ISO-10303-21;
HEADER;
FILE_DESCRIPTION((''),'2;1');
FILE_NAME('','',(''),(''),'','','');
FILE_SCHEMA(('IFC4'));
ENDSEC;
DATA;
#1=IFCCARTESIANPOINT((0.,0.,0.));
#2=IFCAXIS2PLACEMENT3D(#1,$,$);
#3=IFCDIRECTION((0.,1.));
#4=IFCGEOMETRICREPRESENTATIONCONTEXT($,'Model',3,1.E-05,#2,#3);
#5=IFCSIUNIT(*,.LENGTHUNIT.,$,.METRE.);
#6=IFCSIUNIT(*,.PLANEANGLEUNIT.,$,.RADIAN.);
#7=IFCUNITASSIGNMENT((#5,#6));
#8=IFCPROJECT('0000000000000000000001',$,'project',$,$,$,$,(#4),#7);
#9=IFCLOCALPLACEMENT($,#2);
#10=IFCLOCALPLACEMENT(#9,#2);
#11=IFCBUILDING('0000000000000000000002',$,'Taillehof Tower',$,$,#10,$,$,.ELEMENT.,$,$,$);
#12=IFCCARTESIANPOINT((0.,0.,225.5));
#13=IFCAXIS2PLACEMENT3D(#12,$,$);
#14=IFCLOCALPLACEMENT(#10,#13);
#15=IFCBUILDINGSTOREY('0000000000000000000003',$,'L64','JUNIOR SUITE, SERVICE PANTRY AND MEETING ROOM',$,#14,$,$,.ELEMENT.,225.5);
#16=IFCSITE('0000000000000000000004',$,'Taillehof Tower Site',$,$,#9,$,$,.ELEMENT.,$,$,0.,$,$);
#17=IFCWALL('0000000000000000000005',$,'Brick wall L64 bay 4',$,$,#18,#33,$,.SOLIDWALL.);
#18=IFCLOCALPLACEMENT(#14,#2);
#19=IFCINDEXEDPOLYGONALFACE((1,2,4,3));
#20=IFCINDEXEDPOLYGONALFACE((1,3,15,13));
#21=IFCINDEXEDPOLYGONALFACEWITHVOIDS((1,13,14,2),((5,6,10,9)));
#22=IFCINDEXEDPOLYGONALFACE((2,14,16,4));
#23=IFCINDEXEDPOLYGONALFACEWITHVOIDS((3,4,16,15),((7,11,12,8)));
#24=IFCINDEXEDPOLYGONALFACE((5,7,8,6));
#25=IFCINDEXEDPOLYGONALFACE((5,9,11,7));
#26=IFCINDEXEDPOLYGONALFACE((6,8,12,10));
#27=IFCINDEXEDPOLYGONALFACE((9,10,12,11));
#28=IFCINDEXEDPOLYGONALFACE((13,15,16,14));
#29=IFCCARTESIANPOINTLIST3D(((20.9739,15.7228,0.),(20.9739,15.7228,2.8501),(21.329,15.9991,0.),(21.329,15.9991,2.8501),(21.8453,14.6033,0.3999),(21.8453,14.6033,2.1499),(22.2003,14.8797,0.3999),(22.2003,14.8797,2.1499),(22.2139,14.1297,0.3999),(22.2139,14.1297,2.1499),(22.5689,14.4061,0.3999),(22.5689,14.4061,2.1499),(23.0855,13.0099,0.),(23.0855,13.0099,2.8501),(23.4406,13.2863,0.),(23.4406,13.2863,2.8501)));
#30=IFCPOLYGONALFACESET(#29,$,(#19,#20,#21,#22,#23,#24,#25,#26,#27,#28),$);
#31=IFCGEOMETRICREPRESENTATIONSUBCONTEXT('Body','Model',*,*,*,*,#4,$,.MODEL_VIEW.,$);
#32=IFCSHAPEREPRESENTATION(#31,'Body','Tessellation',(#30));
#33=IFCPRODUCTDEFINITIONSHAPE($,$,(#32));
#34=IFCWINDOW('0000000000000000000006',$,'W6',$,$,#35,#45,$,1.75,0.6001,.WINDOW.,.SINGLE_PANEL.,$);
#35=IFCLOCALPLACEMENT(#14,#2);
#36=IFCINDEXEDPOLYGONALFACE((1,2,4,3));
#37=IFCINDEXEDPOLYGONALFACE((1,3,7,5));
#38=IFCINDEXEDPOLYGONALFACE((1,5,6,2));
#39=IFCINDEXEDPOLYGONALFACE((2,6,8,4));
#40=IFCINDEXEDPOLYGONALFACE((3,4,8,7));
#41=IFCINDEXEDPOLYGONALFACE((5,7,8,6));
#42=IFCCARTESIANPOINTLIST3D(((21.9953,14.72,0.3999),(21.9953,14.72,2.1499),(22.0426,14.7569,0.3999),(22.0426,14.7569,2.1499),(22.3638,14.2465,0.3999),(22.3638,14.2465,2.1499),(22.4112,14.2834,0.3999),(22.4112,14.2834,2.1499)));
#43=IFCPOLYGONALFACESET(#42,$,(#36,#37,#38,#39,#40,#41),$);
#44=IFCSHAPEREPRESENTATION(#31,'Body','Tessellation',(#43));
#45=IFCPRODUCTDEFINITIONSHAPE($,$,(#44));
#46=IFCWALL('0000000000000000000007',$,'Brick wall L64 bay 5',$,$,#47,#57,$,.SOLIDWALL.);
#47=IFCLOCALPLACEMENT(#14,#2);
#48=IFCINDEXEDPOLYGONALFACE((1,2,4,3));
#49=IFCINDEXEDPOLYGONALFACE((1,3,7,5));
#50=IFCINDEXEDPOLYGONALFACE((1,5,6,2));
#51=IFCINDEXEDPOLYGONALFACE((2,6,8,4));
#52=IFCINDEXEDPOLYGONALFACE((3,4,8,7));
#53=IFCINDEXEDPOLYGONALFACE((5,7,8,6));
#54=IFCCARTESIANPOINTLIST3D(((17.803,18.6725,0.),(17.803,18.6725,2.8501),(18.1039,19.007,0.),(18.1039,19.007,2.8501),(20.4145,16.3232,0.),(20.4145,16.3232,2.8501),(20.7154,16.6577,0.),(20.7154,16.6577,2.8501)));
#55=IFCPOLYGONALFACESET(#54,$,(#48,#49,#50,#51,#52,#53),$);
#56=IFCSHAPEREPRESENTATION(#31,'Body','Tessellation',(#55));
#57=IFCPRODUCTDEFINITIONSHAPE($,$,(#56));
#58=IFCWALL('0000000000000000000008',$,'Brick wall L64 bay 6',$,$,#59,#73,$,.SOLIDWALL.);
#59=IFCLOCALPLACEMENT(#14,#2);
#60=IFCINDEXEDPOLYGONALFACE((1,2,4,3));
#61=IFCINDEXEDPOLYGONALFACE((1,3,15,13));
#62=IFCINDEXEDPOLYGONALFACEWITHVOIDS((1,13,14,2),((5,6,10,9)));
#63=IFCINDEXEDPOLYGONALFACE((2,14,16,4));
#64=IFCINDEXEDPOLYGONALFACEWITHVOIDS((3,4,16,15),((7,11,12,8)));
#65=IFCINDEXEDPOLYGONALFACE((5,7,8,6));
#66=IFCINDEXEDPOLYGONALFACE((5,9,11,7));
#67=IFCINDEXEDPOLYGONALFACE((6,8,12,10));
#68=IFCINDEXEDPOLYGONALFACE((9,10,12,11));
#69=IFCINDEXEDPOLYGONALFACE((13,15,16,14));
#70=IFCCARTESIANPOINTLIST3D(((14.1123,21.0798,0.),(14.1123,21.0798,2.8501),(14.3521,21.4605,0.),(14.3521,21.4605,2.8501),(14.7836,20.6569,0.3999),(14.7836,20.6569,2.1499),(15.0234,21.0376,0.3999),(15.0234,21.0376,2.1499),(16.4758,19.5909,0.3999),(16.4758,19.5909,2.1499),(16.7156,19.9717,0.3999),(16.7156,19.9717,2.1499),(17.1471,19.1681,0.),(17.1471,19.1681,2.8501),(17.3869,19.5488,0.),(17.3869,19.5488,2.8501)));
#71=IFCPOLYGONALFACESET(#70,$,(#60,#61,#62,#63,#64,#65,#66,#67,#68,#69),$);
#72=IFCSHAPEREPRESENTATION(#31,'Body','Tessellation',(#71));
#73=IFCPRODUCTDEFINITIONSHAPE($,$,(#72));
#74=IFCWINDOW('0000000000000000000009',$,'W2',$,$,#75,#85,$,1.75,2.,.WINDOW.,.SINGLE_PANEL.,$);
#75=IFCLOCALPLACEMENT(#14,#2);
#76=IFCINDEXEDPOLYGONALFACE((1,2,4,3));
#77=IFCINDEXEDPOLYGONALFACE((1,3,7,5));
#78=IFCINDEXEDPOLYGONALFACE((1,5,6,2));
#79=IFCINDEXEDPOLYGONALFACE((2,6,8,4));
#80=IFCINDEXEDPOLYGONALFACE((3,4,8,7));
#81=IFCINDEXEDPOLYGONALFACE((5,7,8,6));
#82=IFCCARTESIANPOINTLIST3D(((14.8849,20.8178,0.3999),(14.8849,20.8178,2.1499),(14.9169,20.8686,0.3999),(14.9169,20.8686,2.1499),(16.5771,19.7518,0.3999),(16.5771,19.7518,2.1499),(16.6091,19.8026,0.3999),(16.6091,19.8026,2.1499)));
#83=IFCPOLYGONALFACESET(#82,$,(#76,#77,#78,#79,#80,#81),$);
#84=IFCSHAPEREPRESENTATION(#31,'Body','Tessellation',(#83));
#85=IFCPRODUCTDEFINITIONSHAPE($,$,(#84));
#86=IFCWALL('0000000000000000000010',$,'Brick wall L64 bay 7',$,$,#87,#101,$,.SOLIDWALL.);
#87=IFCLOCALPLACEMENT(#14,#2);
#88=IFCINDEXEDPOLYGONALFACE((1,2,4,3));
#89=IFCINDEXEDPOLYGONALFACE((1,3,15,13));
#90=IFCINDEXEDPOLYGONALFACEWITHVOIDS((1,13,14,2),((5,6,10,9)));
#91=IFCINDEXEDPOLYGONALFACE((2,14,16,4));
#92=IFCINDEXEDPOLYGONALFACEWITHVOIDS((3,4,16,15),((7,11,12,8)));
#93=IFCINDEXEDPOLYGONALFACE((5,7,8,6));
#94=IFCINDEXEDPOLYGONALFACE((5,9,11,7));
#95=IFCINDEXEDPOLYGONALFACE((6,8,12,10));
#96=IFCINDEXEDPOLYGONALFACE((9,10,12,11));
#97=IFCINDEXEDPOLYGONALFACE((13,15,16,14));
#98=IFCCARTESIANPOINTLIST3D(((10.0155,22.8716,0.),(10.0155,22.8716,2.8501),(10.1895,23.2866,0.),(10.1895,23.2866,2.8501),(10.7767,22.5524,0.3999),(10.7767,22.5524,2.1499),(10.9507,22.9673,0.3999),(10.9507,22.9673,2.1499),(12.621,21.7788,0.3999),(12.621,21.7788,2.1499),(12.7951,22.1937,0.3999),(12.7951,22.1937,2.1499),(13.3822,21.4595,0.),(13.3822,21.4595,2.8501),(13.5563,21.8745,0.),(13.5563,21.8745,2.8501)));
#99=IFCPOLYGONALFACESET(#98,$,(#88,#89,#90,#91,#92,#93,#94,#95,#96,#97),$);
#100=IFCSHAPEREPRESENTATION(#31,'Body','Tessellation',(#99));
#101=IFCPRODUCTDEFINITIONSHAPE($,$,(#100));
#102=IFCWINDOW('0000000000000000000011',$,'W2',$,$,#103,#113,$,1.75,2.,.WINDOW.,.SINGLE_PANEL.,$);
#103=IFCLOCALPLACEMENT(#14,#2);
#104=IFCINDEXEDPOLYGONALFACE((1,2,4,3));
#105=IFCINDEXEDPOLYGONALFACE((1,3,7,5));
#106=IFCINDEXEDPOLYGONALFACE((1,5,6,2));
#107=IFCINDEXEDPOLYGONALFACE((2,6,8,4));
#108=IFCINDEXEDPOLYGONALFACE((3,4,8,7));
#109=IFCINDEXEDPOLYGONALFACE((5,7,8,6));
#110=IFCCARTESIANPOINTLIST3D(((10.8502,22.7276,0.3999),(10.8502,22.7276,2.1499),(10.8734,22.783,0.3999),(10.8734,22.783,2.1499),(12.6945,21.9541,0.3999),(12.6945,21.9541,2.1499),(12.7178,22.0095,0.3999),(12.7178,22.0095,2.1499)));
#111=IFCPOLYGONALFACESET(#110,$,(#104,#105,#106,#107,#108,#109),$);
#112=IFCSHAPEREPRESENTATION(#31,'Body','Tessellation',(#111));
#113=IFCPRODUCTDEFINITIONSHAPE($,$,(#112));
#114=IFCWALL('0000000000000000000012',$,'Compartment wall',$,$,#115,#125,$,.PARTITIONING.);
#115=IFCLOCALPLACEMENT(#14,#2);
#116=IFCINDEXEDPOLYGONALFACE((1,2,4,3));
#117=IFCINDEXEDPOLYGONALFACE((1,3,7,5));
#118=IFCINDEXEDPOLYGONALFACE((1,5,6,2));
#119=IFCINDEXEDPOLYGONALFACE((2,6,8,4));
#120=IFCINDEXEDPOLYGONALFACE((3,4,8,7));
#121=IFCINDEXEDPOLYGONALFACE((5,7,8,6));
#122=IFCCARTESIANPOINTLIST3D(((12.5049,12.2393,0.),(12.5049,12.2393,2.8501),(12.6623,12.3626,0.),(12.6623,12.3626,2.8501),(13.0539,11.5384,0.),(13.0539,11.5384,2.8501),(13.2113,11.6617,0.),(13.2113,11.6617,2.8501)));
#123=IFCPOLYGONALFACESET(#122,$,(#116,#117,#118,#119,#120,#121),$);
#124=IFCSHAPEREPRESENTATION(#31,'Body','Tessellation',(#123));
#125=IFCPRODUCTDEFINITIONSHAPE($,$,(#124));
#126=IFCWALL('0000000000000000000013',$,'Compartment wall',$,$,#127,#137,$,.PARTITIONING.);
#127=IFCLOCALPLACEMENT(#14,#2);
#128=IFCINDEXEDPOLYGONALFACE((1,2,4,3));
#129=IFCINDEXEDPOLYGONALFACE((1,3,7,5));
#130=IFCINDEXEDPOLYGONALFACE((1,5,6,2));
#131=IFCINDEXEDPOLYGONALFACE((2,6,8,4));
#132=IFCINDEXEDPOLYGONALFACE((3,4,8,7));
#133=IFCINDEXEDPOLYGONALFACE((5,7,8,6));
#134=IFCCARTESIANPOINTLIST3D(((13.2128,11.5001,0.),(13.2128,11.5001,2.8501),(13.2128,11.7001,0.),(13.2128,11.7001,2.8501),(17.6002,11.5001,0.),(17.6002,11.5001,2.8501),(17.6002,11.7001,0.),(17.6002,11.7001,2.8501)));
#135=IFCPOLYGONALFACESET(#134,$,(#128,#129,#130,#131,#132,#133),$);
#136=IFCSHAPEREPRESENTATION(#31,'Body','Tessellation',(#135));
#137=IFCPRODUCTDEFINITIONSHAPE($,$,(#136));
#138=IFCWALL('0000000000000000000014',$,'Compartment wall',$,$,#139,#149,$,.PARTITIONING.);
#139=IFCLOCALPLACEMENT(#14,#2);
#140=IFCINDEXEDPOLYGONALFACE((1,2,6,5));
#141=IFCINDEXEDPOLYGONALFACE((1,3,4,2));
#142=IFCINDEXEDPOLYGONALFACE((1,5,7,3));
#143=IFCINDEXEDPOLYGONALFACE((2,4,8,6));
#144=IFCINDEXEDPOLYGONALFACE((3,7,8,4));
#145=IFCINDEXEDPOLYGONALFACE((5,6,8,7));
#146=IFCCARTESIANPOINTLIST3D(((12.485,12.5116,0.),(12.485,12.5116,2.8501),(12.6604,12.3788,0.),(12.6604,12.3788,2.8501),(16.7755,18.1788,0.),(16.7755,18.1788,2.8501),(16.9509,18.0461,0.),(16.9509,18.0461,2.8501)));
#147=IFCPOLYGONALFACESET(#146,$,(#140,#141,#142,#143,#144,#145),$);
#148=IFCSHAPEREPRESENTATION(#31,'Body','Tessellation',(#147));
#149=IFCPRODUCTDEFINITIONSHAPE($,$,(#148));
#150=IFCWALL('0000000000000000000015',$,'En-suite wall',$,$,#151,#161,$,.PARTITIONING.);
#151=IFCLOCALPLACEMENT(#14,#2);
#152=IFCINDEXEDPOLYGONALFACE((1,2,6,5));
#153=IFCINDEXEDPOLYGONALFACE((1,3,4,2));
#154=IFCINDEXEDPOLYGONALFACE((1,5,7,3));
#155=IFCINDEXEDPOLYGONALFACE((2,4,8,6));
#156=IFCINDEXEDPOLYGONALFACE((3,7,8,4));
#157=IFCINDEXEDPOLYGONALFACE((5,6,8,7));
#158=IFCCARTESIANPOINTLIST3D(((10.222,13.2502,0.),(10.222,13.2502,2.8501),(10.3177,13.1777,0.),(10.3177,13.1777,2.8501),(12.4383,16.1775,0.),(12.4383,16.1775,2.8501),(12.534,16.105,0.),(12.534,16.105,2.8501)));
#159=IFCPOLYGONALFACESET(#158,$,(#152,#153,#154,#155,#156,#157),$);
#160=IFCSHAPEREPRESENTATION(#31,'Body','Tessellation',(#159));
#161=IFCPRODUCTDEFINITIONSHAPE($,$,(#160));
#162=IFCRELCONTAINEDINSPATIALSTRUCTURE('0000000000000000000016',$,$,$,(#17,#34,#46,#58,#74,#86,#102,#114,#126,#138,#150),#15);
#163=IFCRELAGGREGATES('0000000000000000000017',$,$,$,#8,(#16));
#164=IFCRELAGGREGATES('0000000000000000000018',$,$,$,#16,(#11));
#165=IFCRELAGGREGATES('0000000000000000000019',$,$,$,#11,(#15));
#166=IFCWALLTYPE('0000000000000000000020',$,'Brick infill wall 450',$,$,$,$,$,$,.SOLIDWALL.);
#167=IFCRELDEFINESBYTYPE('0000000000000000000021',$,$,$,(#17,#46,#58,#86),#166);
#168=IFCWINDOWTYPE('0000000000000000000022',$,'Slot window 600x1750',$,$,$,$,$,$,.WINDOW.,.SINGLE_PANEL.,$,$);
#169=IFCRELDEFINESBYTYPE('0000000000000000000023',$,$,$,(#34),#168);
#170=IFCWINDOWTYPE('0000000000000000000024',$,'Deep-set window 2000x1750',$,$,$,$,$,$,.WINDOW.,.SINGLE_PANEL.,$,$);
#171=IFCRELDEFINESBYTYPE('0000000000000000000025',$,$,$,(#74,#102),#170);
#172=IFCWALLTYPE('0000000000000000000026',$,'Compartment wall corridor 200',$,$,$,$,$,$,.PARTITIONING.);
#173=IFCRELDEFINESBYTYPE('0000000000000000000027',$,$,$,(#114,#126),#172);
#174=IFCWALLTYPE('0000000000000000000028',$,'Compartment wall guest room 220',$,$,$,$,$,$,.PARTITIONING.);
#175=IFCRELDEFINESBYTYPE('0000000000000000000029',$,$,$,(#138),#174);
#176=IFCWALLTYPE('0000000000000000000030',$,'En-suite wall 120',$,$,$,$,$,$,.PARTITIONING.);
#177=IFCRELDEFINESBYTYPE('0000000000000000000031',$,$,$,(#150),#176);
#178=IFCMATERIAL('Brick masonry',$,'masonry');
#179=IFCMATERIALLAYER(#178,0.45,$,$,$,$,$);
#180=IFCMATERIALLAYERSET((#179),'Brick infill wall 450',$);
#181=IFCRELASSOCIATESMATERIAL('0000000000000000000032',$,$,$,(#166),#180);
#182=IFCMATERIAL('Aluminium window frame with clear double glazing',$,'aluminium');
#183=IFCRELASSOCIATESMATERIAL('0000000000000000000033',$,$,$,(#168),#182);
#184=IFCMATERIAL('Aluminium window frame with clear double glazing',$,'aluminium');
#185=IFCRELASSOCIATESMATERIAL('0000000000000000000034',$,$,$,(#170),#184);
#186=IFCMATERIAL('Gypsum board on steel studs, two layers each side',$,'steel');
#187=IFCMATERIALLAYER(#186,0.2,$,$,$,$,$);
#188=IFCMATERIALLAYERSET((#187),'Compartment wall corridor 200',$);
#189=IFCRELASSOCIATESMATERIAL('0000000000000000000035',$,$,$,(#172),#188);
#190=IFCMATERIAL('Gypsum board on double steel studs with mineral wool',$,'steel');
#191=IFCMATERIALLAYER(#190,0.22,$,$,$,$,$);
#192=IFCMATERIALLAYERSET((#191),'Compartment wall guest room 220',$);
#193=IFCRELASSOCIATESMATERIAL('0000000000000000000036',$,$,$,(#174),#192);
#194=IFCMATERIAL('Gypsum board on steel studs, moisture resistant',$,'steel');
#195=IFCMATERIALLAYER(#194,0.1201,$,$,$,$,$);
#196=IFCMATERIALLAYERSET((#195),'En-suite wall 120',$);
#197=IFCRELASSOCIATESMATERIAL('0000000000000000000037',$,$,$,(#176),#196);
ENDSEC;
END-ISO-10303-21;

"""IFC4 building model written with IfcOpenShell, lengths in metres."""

from ifc_helpers import new_model, si_unit, direction, frame, frame_2d, origin, place, context, subcontext, project, spatial, rectangle, extrude, material, layer, layer_set, type_object, element, fill, save


model = new_model("IFC4")

# Units and contexts
model_context = context("Model", 3, precision=1e-05, world=origin(), true_north=direction((0.0, 1.0)))
body_context = subcontext(model_context, "Body", "Model", "MODEL_VIEW")
ifc_project = project(units=[si_unit("LENGTHUNIT", "METRE"), si_unit("PLANEANGLEUNIT", "RADIAN")], contexts=[model_context])

# Site, building, storey
site_placement = place(None, origin())
site = spatial("IfcSite", under=ifc_project, at=site_placement, Name="Taillehof Tower Site", CompositionType="ELEMENT", RefElevation=0.0)
building_placement = place(site_placement, origin())
building = spatial("IfcBuilding", under=site, at=building_placement, Name="Taillehof Tower", CompositionType="ELEMENT")
storey_placement = place(building_placement, frame((0.0, 0.0, 225.5)))
storey = spatial("IfcBuildingStorey", under=building, at=storey_placement, Name="L64", Description="JUNIOR SUITE, SERVICE PANTRY AND MEETING ROOM", CompositionType="ELEMENT", Elevation=225.5)

# Wall, opening, window
ifc_material_1 = material(Name="Brick masonry", Category="masonry")
ifc_layer_1 = layer(ifc_material_1, 0.45)
ifc_layer_set_1 = layer_set([ifc_layer_1], Name="Brick infill wall 450")
wall_type_1 = type_object("IfcWallType", Name="Brick infill wall 450", PredefinedType="SOLIDWALL", material=ifc_layer_set_1)
wall_1_placement = place(storey_placement, frame((23.2629, 13.1482, 0.0), z_axis=(0.0, 0.0, 1.0), x_axis=(-0.614221, 0.789134, 0.0)))
wall_1 = element("IfcWall", 1, at=wall_1_placement, inside=storey, type_object=wall_type_1, Name="Brick wall L64 bay 4", PredefinedType="SOLIDWALL", context=body_context, shape_type="SweptSolid", body=[
    extrude(rectangle(XDim=3.4377, YDim=0.45, at=frame_2d((1.7188, 0.0))), origin(), (0.0, 0.0, 1.0), 2.8501),
])
opening_1_placement = place(wall_1_placement, frame((1.4189, 0.0, 0.3999)))
opening_1 = element("IfcOpeningElement", 2, at=opening_1_placement, cuts=wall_1, PredefinedType="OPENING", context=body_context, shape_type="SweptSolid", body=[
    extrude(rectangle(XDim=0.6001, YDim=1.75, at=frame_2d((0.3, 0.875))), frame((0.0, 0.2349, 0.0), z_axis=(0.0, -1.0, 0.0), x_axis=(1.0, 0.0, 0.0)), (0.0, 0.0, 1.0), 0.47),
])
ifc_material_2 = material(Name="Aluminium window frame with clear double glazing", Category="aluminium")
window_type_1 = type_object("IfcWindowType", Name="Slot window 600x1750", PartitioningType="SINGLE_PANEL", PredefinedType="WINDOW", material=ifc_material_2)
window_1_placement = place(opening_1_placement, origin())
window_1 = element("IfcWindow", 3, at=window_1_placement, inside=storey, type_object=window_type_1, Name="W6", OverallHeight=1.75, OverallWidth=0.6001, PartitioningType="SINGLE_PANEL", PredefinedType="WINDOW", context=body_context, shape_type="SweptSolid", body=[
    extrude(rectangle(XDim=0.6001, YDim=1.75, at=frame_2d((0.3, 0.875))), frame((0.0, 0.0349, 0.0), z_axis=(0.0, -1.0, 0.0), x_axis=(1.0, 0.0, 0.0)), (0.0, 0.0, 1.0), 0.0601),
])
fill(opening_1, window_1)

# Wall
wall_2_placement = place(storey_placement, frame((20.5649, 16.4905, 0.0), z_axis=(0.0, 0.0, 1.0), x_axis=(-0.743443, 0.6688, 0.0)))
element("IfcWall", 4, at=wall_2_placement, inside=storey, type_object=wall_type_1, Name="Brick wall L64 bay 5", PredefinedType="SOLIDWALL", context=body_context, shape_type="SweptSolid", body=[
    extrude(rectangle(XDim=3.5127, YDim=0.45, at=frame_2d((1.7563, 0.0))), origin(), (0.0, 0.0, 1.0), 2.8501),
])

# Walls, openings, windows
wall_3_placement = place(storey_placement, frame((17.2671, 19.3584, 0.0), z_axis=(0.0, 0.0, 1.0), x_axis=(-0.846119, 0.532994, 0.0)))
wall_3 = element("IfcWall", 5, at=wall_3_placement, inside=storey, type_object=wall_type_1, Name="Brick wall L64 bay 6", PredefinedType="SOLIDWALL", context=body_context, shape_type="SweptSolid", body=[
    extrude(rectangle(XDim=3.5867, YDim=0.45, at=frame_2d((1.7935, 0.0))), origin(), (0.0, 0.0, 1.0), 2.8501),
])
opening_2_placement = place(wall_3_placement, frame((0.7935, 0.0, 0.3999)))
opening_2 = element("IfcOpeningElement", 6, at=opening_2_placement, cuts=wall_3, PredefinedType="OPENING", context=body_context, shape_type="SweptSolid", body=[
    extrude(rectangle(XDim=2.0, YDim=1.75, at=frame_2d((1.0, 0.875))), frame((0.0, 0.2349, 0.0), z_axis=(0.0, -1.0, 0.0), x_axis=(1.0, 0.0, 0.0)), (0.0, 0.0, 1.0), 0.47),
])
ifc_material_3 = material(Name="Aluminium window frame with clear double glazing", Category="aluminium")
window_type_2 = type_object("IfcWindowType", Name="Deep-set window 2000x1750", PartitioningType="SINGLE_PANEL", PredefinedType="WINDOW", material=ifc_material_3)
window_2_placement = place(opening_2_placement, origin())
window_2 = element("IfcWindow", 7, at=window_2_placement, inside=storey, type_object=window_type_2, Name="W2", OverallHeight=1.75, OverallWidth=2.0, PartitioningType="SINGLE_PANEL", PredefinedType="WINDOW", context=body_context, shape_type="SweptSolid", body=[
    extrude(rectangle(XDim=2.0, YDim=1.75, at=frame_2d((1.0, 0.875))), frame((0.0, 0.0349, 0.0), z_axis=(0.0, -1.0, 0.0), x_axis=(1.0, 0.0, 0.0)), (0.0, 0.0, 1.0), 0.0601),
])
fill(opening_2, window_2)
wall_4_placement = place(storey_placement, frame((13.4692, 21.667, 0.0), z_axis=(0.0, 0.0, 1.0), x_axis=(-0.922168, 0.386789, 0.0)))
wall_4 = element("IfcWall", 8, at=wall_4_placement, inside=storey, type_object=wall_type_1, Name="Brick wall L64 bay 7", PredefinedType="SOLIDWALL", context=body_context, shape_type="SweptSolid", body=[
    extrude(rectangle(XDim=3.6509, YDim=0.45, at=frame_2d((1.8254, 0.0))), origin(), (0.0, 0.0, 1.0), 2.8501),
])
opening_3_placement = place(wall_4_placement, frame((0.8254, 0.0, 0.3999)))
opening_3 = element("IfcOpeningElement", 9, at=opening_3_placement, cuts=wall_4, PredefinedType="OPENING", context=body_context, shape_type="SweptSolid", body=[
    extrude(rectangle(XDim=2.0, YDim=1.75, at=frame_2d((1.0, 0.875))), frame((0.0, 0.2349, 0.0), z_axis=(0.0, -1.0, 0.0), x_axis=(1.0, 0.0, 0.0)), (0.0, 0.0, 1.0), 0.47),
])
window_3_placement = place(opening_3_placement, origin())
window_3 = element("IfcWindow", 10, at=window_3_placement, inside=storey, type_object=window_type_2, Name="W2", OverallHeight=1.75, OverallWidth=2.0, PartitioningType="SINGLE_PANEL", PredefinedType="WINDOW", context=body_context, shape_type="SweptSolid", body=[
    extrude(rectangle(XDim=2.0, YDim=1.75, at=frame_2d((1.0, 0.875))), frame((0.0, 0.0349, 0.0), z_axis=(0.0, -1.0, 0.0), x_axis=(1.0, 0.0, 0.0)), (0.0, 0.0, 1.0), 0.0601),
])
fill(opening_3, window_3)

# Walls
ifc_material_4 = material(Name="Gypsum board on steel studs, two layers each side", Category="steel")
ifc_layer_2 = layer(ifc_material_4, 0.2)
ifc_layer_set_2 = layer_set([ifc_layer_2], Name="Compartment wall corridor 200")
wall_type_2 = type_object("IfcWallType", Name="Compartment wall corridor 200", PredefinedType="PARTITIONING", material=ifc_layer_set_2)
wall_5_placement = place(storey_placement, frame((12.5835, 12.301, 0.0), z_axis=(0.0, 0.0, 1.0), x_axis=(0.61667, -0.787221, 0.0)))
element("IfcWall", 11, at=wall_5_placement, inside=storey, type_object=wall_type_2, Name="Compartment wall", PredefinedType="PARTITIONING", context=body_context, shape_type="SweptSolid", body=[
    extrude(rectangle(XDim=0.8904, YDim=0.2, at=frame_2d((0.4453, 0.0))), origin(), (0.0, 0.0, 1.0), 2.8501),
])
wall_6_placement = place(storey_placement, frame((13.2126, 11.6001, 0.0), z_axis=(0.0, 0.0, 1.0), x_axis=(1.0, 0.0, 0.0)))
element("IfcWall", 12, at=wall_6_placement, inside=storey, type_object=wall_type_2, Name="Compartment wall", PredefinedType="PARTITIONING", context=body_context, shape_type="SweptSolid", body=[
    extrude(rectangle(XDim=4.3875, YDim=0.2, at=frame_2d((2.1938, 0.0))), origin(), (0.0, 0.0, 1.0), 2.8501),
])
ifc_material_5 = material(Name="Gypsum board on double steel studs with mineral wool", Category="steel")
ifc_layer_3 = layer(ifc_material_5, 0.22)
ifc_layer_set_3 = layer_set([ifc_layer_3], Name="Compartment wall guest room 220")
wall_type_3 = type_object("IfcWallType", Name="Compartment wall guest room 220", PredefinedType="PARTITIONING", material=ifc_layer_set_3)
wall_7_placement = place(storey_placement, frame((16.8633, 18.1125, 0.0), z_axis=(0.0, 0.0, 1.0), x_axis=(-0.603604, -0.797284, 0.0)))
element("IfcWall", 13, at=wall_7_placement, inside=storey, type_object=wall_type_3, Name="Compartment wall", PredefinedType="PARTITIONING", context=body_context, shape_type="SweptSolid", body=[
    extrude(rectangle(XDim=7.1082, YDim=0.22, at=frame_2d((3.5542, 0.0))), origin(), (0.0, 0.0, 1.0), 2.8501),
])
ifc_material_6 = material(Name="Gypsum board on steel studs, moisture resistant", Category="steel")
ifc_layer_4 = layer(ifc_material_6, 0.1201)
ifc_layer_set_4 = layer_set([ifc_layer_4], Name="En-suite wall 120")
wall_type_4 = type_object("IfcWallType", Name="En-suite wall 120", PredefinedType="PARTITIONING", material=ifc_layer_set_4)
wall_8_placement = place(storey_placement, frame((10.2698, 13.2139, 0.0), z_axis=(0.0, 0.0, 1.0), x_axis=(0.603632, 0.797263, 0.0)))
element("IfcWall", 14, at=wall_8_placement, inside=storey, type_object=wall_type_4, Name="En-suite wall", PredefinedType="PARTITIONING", context=body_context, shape_type="SweptSolid", body=[
    extrude(rectangle(XDim=3.6716, YDim=0.1201, at=frame_2d((1.8359, 0.0))), origin(), (0.0, 0.0, 1.0), 2.8501),
])

save(model, "model.ifc")
